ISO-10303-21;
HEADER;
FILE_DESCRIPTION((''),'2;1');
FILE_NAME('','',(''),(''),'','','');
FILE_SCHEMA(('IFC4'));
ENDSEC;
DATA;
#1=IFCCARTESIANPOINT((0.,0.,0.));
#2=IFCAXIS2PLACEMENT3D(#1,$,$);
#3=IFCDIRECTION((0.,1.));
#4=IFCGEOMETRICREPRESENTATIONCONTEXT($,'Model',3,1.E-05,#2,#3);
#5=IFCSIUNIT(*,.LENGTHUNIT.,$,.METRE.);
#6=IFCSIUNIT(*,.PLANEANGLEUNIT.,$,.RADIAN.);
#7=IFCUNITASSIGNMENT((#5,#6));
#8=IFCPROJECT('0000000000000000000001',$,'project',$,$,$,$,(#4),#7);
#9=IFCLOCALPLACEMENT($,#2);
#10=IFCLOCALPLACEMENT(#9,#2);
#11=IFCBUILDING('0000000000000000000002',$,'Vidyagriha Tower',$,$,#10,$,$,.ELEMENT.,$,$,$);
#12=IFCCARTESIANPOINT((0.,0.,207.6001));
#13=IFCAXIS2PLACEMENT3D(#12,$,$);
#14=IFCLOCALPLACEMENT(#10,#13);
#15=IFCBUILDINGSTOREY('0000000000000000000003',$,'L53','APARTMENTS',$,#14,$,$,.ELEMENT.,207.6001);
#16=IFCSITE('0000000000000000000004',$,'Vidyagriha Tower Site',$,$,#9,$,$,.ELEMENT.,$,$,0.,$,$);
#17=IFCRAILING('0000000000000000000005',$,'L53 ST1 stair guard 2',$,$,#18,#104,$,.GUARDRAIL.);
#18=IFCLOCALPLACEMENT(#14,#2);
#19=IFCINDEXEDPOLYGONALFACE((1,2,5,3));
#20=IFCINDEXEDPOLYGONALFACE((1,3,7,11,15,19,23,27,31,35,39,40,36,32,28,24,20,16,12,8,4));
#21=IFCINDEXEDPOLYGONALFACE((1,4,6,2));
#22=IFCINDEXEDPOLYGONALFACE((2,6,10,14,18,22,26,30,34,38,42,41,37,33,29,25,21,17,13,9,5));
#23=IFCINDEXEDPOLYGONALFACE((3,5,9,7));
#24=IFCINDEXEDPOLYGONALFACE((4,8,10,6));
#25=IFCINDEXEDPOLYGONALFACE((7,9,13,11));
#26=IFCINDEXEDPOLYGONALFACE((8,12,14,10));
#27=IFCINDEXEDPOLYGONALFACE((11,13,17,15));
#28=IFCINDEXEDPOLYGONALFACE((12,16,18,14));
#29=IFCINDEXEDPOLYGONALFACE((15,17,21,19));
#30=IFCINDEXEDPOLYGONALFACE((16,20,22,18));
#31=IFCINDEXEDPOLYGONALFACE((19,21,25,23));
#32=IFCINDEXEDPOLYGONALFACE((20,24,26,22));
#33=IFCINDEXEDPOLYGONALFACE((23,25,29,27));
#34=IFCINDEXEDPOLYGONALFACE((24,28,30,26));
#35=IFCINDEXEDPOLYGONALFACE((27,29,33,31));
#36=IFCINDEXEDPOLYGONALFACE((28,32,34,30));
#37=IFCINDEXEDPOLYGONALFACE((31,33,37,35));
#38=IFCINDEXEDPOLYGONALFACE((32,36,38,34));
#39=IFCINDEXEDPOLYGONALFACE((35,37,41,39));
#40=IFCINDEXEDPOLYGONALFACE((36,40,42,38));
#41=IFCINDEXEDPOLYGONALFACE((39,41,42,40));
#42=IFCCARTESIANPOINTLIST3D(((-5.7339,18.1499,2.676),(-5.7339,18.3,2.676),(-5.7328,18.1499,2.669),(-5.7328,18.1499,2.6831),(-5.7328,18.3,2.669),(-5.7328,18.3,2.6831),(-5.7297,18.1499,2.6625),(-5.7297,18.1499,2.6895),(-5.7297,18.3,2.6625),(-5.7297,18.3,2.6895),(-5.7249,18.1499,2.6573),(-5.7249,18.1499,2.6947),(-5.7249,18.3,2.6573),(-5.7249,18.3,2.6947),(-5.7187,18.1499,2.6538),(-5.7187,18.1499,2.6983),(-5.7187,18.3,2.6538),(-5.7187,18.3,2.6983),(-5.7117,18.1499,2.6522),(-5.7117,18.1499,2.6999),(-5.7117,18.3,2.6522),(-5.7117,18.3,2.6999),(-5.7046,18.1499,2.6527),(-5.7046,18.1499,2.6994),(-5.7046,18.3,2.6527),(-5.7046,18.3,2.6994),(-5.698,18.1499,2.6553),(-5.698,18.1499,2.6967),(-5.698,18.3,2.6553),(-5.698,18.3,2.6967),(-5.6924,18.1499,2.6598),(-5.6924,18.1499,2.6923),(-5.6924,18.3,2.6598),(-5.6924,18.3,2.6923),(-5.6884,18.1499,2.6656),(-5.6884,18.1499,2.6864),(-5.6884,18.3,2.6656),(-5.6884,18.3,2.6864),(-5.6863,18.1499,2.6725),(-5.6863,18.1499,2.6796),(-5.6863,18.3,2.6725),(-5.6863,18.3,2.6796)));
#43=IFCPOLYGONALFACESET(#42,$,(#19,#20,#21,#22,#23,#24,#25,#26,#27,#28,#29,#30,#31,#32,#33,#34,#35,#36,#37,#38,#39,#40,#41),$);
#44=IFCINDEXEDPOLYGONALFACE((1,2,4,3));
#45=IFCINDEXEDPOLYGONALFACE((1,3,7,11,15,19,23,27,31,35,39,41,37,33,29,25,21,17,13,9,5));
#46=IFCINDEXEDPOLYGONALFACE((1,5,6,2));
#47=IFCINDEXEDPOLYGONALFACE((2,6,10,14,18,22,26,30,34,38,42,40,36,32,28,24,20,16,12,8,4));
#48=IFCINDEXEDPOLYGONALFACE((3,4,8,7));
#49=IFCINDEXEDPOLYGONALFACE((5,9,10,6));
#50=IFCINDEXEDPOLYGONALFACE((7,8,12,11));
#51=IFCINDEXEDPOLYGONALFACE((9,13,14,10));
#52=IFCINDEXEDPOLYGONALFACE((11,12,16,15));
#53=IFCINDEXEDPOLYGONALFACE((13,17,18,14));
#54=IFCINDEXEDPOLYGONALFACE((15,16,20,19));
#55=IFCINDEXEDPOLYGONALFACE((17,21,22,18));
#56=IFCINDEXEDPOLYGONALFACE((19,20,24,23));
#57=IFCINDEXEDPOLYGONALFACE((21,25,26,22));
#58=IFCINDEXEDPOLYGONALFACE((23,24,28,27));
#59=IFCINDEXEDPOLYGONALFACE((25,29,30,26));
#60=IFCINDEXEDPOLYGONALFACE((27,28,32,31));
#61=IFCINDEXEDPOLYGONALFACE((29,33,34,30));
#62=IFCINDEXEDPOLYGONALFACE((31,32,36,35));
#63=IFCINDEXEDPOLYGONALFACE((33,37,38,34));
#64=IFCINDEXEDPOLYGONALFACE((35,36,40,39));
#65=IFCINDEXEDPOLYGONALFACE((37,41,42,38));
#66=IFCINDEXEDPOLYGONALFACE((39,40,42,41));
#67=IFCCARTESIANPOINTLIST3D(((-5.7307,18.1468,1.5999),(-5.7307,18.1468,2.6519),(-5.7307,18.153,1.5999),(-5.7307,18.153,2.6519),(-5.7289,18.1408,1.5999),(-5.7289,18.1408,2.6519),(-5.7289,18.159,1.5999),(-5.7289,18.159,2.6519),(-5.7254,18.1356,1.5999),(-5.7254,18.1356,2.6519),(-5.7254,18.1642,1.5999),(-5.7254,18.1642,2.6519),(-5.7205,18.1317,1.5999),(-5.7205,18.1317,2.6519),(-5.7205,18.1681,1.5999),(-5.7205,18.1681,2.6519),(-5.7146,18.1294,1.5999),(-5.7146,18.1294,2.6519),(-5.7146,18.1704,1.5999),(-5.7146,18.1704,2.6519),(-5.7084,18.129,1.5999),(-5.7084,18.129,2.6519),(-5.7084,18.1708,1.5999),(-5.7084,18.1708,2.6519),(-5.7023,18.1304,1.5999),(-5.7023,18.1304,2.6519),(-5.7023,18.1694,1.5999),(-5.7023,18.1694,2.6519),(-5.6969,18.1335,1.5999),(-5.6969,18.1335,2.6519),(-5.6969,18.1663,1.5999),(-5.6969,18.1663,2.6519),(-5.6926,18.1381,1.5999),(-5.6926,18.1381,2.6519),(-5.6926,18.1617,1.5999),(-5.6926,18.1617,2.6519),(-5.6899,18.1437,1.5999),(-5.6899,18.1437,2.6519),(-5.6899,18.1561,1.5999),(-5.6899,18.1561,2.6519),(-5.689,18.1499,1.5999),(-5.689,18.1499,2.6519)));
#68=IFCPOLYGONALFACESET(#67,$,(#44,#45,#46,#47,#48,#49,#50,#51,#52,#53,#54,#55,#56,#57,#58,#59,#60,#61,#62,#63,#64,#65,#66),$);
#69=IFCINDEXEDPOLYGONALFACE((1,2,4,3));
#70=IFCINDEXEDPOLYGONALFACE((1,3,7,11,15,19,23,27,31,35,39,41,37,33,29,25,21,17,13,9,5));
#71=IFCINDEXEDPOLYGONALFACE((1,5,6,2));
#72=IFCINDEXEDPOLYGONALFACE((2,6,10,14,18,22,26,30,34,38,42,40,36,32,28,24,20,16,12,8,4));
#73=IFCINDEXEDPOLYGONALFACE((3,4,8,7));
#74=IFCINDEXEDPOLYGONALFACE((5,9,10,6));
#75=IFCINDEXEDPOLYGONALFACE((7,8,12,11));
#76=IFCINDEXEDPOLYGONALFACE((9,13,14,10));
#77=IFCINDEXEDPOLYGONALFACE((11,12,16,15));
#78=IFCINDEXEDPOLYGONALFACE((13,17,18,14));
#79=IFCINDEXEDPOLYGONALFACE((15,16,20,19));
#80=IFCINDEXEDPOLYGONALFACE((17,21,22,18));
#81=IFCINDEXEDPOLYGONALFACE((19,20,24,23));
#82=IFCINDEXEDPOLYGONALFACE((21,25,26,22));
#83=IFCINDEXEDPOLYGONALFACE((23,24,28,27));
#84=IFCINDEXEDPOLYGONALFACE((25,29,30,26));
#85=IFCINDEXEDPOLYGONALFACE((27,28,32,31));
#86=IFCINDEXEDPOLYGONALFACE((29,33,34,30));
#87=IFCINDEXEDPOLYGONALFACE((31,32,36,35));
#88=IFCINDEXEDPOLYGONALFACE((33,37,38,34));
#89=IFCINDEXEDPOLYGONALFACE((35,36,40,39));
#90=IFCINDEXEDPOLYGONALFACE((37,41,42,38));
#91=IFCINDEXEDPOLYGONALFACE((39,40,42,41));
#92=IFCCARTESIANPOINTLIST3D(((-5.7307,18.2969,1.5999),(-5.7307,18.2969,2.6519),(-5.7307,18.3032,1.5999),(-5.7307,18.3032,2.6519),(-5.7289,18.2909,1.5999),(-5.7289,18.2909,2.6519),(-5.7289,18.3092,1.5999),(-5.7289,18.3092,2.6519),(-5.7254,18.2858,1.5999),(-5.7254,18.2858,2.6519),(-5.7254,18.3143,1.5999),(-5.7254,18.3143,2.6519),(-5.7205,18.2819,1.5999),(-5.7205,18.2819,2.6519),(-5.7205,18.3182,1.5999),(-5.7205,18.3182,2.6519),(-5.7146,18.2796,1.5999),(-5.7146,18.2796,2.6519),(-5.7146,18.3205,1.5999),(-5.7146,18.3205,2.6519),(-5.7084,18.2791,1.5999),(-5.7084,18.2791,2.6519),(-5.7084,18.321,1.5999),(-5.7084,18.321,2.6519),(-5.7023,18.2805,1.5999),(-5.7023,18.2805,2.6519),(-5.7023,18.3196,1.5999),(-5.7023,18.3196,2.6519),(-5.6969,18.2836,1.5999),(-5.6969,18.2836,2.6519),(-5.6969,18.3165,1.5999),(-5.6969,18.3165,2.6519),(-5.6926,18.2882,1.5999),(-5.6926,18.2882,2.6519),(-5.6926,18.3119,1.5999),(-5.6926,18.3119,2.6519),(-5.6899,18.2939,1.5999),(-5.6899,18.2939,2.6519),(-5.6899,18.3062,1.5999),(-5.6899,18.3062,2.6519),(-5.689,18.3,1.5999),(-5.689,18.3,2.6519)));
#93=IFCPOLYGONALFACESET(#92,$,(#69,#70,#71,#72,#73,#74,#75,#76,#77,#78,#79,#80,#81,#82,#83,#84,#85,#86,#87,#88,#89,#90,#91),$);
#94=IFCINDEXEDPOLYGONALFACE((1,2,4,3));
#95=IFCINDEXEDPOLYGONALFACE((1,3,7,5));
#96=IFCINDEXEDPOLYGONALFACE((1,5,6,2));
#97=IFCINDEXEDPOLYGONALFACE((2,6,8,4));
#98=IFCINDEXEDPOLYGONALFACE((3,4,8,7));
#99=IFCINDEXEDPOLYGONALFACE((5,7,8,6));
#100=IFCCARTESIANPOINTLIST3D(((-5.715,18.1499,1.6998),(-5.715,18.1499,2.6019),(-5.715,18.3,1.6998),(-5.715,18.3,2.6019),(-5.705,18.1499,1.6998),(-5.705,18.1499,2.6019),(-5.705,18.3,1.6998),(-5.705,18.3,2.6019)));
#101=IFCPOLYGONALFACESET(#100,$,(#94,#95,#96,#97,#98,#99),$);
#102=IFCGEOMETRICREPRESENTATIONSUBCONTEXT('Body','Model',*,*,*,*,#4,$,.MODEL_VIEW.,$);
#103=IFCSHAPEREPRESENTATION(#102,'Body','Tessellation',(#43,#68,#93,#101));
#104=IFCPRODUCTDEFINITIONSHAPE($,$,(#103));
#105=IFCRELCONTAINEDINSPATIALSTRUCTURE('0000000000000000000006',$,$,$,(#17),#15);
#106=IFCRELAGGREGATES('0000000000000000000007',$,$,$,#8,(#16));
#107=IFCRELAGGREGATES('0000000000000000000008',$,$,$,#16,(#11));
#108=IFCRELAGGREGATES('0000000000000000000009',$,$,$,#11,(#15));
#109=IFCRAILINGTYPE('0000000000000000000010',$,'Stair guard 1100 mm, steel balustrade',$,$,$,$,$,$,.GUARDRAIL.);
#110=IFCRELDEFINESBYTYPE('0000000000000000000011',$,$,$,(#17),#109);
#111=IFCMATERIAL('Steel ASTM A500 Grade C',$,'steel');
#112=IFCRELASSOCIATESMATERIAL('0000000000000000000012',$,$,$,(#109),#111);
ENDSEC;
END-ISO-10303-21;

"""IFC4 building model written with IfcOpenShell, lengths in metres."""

from ifc_helpers import new_model, si_unit, direction, frame, origin, origin_2d, place, context, subcontext, project, spatial, rectangle, circle, extrude, material, type_object, element, save


model = new_model("IFC4")

# Units and contexts
model_context = context("Model", 3, precision=1e-05, world=origin(), true_north=direction((0.0, 1.0)))
body_context = subcontext(model_context, "Body", "Model", "MODEL_VIEW")
ifc_project = project(units=[si_unit("LENGTHUNIT", "METRE"), si_unit("PLANEANGLEUNIT", "RADIAN")], contexts=[model_context])

# Site, building, storey
site_placement = place(None, origin())
site = spatial("IfcSite", under=ifc_project, at=site_placement, Name="Vidyagriha Tower Site", CompositionType="ELEMENT", RefElevation=0.0)
building_placement = place(site_placement, origin())
building = spatial("IfcBuilding", under=site, at=building_placement, Name="Vidyagriha Tower", CompositionType="ELEMENT")
storey_placement = place(building_placement, frame((0.0, 0.0, 207.6001)))
storey = spatial("IfcBuildingStorey", under=building, at=storey_placement, Name="L53", Description="APARTMENTS", CompositionType="ELEMENT", Elevation=207.6001)

# Railing
ifc_material_1 = material(Name="Steel ASTM A500 Grade C", Category="steel")
railing_type_1 = type_object("IfcRailingType", Name="Stair guard 1100 mm, steel balustrade", PredefinedType="GUARDRAIL", material=ifc_material_1)
railing_1_placement = place(storey_placement, frame((-5.71, 18.1499, 1.5999)))
element("IfcRailing", 1, at=railing_1_placement, inside=storey, type_object=railing_type_1, Name="L53 ST1 stair guard 2", PredefinedType="GUARDRAIL", context=body_context, shape_type="SweptSolid", body=[
    extrude(circle(Radius=0.0239, at=origin_2d()), frame((0.0, 0.0, 1.0762), z_axis=(0.0, 1.0, 0.0), x_axis=(-1.0, 0.0, 0.0)), (0.0, 0.0, 1.0), 0.1501),
    extrude(circle(Radius=0.021, at=origin_2d()), origin(), (0.0, 0.0, 1.0), 1.052),
    extrude(circle(Radius=0.021, at=origin_2d()), frame((0.0, 0.1501, 0.0)), (0.0, 0.0, 1.0), 1.052),
    extrude(rectangle(XDim=0.01, YDim=0.9021, at=origin_2d()), frame((0.0, 0.0, 0.551), z_axis=(0.0, 1.0, 0.0), x_axis=(-1.0, 0.0, 0.0)), (0.0, 0.0, 1.0), 0.1501),
])

save(model, "model.ifc")
